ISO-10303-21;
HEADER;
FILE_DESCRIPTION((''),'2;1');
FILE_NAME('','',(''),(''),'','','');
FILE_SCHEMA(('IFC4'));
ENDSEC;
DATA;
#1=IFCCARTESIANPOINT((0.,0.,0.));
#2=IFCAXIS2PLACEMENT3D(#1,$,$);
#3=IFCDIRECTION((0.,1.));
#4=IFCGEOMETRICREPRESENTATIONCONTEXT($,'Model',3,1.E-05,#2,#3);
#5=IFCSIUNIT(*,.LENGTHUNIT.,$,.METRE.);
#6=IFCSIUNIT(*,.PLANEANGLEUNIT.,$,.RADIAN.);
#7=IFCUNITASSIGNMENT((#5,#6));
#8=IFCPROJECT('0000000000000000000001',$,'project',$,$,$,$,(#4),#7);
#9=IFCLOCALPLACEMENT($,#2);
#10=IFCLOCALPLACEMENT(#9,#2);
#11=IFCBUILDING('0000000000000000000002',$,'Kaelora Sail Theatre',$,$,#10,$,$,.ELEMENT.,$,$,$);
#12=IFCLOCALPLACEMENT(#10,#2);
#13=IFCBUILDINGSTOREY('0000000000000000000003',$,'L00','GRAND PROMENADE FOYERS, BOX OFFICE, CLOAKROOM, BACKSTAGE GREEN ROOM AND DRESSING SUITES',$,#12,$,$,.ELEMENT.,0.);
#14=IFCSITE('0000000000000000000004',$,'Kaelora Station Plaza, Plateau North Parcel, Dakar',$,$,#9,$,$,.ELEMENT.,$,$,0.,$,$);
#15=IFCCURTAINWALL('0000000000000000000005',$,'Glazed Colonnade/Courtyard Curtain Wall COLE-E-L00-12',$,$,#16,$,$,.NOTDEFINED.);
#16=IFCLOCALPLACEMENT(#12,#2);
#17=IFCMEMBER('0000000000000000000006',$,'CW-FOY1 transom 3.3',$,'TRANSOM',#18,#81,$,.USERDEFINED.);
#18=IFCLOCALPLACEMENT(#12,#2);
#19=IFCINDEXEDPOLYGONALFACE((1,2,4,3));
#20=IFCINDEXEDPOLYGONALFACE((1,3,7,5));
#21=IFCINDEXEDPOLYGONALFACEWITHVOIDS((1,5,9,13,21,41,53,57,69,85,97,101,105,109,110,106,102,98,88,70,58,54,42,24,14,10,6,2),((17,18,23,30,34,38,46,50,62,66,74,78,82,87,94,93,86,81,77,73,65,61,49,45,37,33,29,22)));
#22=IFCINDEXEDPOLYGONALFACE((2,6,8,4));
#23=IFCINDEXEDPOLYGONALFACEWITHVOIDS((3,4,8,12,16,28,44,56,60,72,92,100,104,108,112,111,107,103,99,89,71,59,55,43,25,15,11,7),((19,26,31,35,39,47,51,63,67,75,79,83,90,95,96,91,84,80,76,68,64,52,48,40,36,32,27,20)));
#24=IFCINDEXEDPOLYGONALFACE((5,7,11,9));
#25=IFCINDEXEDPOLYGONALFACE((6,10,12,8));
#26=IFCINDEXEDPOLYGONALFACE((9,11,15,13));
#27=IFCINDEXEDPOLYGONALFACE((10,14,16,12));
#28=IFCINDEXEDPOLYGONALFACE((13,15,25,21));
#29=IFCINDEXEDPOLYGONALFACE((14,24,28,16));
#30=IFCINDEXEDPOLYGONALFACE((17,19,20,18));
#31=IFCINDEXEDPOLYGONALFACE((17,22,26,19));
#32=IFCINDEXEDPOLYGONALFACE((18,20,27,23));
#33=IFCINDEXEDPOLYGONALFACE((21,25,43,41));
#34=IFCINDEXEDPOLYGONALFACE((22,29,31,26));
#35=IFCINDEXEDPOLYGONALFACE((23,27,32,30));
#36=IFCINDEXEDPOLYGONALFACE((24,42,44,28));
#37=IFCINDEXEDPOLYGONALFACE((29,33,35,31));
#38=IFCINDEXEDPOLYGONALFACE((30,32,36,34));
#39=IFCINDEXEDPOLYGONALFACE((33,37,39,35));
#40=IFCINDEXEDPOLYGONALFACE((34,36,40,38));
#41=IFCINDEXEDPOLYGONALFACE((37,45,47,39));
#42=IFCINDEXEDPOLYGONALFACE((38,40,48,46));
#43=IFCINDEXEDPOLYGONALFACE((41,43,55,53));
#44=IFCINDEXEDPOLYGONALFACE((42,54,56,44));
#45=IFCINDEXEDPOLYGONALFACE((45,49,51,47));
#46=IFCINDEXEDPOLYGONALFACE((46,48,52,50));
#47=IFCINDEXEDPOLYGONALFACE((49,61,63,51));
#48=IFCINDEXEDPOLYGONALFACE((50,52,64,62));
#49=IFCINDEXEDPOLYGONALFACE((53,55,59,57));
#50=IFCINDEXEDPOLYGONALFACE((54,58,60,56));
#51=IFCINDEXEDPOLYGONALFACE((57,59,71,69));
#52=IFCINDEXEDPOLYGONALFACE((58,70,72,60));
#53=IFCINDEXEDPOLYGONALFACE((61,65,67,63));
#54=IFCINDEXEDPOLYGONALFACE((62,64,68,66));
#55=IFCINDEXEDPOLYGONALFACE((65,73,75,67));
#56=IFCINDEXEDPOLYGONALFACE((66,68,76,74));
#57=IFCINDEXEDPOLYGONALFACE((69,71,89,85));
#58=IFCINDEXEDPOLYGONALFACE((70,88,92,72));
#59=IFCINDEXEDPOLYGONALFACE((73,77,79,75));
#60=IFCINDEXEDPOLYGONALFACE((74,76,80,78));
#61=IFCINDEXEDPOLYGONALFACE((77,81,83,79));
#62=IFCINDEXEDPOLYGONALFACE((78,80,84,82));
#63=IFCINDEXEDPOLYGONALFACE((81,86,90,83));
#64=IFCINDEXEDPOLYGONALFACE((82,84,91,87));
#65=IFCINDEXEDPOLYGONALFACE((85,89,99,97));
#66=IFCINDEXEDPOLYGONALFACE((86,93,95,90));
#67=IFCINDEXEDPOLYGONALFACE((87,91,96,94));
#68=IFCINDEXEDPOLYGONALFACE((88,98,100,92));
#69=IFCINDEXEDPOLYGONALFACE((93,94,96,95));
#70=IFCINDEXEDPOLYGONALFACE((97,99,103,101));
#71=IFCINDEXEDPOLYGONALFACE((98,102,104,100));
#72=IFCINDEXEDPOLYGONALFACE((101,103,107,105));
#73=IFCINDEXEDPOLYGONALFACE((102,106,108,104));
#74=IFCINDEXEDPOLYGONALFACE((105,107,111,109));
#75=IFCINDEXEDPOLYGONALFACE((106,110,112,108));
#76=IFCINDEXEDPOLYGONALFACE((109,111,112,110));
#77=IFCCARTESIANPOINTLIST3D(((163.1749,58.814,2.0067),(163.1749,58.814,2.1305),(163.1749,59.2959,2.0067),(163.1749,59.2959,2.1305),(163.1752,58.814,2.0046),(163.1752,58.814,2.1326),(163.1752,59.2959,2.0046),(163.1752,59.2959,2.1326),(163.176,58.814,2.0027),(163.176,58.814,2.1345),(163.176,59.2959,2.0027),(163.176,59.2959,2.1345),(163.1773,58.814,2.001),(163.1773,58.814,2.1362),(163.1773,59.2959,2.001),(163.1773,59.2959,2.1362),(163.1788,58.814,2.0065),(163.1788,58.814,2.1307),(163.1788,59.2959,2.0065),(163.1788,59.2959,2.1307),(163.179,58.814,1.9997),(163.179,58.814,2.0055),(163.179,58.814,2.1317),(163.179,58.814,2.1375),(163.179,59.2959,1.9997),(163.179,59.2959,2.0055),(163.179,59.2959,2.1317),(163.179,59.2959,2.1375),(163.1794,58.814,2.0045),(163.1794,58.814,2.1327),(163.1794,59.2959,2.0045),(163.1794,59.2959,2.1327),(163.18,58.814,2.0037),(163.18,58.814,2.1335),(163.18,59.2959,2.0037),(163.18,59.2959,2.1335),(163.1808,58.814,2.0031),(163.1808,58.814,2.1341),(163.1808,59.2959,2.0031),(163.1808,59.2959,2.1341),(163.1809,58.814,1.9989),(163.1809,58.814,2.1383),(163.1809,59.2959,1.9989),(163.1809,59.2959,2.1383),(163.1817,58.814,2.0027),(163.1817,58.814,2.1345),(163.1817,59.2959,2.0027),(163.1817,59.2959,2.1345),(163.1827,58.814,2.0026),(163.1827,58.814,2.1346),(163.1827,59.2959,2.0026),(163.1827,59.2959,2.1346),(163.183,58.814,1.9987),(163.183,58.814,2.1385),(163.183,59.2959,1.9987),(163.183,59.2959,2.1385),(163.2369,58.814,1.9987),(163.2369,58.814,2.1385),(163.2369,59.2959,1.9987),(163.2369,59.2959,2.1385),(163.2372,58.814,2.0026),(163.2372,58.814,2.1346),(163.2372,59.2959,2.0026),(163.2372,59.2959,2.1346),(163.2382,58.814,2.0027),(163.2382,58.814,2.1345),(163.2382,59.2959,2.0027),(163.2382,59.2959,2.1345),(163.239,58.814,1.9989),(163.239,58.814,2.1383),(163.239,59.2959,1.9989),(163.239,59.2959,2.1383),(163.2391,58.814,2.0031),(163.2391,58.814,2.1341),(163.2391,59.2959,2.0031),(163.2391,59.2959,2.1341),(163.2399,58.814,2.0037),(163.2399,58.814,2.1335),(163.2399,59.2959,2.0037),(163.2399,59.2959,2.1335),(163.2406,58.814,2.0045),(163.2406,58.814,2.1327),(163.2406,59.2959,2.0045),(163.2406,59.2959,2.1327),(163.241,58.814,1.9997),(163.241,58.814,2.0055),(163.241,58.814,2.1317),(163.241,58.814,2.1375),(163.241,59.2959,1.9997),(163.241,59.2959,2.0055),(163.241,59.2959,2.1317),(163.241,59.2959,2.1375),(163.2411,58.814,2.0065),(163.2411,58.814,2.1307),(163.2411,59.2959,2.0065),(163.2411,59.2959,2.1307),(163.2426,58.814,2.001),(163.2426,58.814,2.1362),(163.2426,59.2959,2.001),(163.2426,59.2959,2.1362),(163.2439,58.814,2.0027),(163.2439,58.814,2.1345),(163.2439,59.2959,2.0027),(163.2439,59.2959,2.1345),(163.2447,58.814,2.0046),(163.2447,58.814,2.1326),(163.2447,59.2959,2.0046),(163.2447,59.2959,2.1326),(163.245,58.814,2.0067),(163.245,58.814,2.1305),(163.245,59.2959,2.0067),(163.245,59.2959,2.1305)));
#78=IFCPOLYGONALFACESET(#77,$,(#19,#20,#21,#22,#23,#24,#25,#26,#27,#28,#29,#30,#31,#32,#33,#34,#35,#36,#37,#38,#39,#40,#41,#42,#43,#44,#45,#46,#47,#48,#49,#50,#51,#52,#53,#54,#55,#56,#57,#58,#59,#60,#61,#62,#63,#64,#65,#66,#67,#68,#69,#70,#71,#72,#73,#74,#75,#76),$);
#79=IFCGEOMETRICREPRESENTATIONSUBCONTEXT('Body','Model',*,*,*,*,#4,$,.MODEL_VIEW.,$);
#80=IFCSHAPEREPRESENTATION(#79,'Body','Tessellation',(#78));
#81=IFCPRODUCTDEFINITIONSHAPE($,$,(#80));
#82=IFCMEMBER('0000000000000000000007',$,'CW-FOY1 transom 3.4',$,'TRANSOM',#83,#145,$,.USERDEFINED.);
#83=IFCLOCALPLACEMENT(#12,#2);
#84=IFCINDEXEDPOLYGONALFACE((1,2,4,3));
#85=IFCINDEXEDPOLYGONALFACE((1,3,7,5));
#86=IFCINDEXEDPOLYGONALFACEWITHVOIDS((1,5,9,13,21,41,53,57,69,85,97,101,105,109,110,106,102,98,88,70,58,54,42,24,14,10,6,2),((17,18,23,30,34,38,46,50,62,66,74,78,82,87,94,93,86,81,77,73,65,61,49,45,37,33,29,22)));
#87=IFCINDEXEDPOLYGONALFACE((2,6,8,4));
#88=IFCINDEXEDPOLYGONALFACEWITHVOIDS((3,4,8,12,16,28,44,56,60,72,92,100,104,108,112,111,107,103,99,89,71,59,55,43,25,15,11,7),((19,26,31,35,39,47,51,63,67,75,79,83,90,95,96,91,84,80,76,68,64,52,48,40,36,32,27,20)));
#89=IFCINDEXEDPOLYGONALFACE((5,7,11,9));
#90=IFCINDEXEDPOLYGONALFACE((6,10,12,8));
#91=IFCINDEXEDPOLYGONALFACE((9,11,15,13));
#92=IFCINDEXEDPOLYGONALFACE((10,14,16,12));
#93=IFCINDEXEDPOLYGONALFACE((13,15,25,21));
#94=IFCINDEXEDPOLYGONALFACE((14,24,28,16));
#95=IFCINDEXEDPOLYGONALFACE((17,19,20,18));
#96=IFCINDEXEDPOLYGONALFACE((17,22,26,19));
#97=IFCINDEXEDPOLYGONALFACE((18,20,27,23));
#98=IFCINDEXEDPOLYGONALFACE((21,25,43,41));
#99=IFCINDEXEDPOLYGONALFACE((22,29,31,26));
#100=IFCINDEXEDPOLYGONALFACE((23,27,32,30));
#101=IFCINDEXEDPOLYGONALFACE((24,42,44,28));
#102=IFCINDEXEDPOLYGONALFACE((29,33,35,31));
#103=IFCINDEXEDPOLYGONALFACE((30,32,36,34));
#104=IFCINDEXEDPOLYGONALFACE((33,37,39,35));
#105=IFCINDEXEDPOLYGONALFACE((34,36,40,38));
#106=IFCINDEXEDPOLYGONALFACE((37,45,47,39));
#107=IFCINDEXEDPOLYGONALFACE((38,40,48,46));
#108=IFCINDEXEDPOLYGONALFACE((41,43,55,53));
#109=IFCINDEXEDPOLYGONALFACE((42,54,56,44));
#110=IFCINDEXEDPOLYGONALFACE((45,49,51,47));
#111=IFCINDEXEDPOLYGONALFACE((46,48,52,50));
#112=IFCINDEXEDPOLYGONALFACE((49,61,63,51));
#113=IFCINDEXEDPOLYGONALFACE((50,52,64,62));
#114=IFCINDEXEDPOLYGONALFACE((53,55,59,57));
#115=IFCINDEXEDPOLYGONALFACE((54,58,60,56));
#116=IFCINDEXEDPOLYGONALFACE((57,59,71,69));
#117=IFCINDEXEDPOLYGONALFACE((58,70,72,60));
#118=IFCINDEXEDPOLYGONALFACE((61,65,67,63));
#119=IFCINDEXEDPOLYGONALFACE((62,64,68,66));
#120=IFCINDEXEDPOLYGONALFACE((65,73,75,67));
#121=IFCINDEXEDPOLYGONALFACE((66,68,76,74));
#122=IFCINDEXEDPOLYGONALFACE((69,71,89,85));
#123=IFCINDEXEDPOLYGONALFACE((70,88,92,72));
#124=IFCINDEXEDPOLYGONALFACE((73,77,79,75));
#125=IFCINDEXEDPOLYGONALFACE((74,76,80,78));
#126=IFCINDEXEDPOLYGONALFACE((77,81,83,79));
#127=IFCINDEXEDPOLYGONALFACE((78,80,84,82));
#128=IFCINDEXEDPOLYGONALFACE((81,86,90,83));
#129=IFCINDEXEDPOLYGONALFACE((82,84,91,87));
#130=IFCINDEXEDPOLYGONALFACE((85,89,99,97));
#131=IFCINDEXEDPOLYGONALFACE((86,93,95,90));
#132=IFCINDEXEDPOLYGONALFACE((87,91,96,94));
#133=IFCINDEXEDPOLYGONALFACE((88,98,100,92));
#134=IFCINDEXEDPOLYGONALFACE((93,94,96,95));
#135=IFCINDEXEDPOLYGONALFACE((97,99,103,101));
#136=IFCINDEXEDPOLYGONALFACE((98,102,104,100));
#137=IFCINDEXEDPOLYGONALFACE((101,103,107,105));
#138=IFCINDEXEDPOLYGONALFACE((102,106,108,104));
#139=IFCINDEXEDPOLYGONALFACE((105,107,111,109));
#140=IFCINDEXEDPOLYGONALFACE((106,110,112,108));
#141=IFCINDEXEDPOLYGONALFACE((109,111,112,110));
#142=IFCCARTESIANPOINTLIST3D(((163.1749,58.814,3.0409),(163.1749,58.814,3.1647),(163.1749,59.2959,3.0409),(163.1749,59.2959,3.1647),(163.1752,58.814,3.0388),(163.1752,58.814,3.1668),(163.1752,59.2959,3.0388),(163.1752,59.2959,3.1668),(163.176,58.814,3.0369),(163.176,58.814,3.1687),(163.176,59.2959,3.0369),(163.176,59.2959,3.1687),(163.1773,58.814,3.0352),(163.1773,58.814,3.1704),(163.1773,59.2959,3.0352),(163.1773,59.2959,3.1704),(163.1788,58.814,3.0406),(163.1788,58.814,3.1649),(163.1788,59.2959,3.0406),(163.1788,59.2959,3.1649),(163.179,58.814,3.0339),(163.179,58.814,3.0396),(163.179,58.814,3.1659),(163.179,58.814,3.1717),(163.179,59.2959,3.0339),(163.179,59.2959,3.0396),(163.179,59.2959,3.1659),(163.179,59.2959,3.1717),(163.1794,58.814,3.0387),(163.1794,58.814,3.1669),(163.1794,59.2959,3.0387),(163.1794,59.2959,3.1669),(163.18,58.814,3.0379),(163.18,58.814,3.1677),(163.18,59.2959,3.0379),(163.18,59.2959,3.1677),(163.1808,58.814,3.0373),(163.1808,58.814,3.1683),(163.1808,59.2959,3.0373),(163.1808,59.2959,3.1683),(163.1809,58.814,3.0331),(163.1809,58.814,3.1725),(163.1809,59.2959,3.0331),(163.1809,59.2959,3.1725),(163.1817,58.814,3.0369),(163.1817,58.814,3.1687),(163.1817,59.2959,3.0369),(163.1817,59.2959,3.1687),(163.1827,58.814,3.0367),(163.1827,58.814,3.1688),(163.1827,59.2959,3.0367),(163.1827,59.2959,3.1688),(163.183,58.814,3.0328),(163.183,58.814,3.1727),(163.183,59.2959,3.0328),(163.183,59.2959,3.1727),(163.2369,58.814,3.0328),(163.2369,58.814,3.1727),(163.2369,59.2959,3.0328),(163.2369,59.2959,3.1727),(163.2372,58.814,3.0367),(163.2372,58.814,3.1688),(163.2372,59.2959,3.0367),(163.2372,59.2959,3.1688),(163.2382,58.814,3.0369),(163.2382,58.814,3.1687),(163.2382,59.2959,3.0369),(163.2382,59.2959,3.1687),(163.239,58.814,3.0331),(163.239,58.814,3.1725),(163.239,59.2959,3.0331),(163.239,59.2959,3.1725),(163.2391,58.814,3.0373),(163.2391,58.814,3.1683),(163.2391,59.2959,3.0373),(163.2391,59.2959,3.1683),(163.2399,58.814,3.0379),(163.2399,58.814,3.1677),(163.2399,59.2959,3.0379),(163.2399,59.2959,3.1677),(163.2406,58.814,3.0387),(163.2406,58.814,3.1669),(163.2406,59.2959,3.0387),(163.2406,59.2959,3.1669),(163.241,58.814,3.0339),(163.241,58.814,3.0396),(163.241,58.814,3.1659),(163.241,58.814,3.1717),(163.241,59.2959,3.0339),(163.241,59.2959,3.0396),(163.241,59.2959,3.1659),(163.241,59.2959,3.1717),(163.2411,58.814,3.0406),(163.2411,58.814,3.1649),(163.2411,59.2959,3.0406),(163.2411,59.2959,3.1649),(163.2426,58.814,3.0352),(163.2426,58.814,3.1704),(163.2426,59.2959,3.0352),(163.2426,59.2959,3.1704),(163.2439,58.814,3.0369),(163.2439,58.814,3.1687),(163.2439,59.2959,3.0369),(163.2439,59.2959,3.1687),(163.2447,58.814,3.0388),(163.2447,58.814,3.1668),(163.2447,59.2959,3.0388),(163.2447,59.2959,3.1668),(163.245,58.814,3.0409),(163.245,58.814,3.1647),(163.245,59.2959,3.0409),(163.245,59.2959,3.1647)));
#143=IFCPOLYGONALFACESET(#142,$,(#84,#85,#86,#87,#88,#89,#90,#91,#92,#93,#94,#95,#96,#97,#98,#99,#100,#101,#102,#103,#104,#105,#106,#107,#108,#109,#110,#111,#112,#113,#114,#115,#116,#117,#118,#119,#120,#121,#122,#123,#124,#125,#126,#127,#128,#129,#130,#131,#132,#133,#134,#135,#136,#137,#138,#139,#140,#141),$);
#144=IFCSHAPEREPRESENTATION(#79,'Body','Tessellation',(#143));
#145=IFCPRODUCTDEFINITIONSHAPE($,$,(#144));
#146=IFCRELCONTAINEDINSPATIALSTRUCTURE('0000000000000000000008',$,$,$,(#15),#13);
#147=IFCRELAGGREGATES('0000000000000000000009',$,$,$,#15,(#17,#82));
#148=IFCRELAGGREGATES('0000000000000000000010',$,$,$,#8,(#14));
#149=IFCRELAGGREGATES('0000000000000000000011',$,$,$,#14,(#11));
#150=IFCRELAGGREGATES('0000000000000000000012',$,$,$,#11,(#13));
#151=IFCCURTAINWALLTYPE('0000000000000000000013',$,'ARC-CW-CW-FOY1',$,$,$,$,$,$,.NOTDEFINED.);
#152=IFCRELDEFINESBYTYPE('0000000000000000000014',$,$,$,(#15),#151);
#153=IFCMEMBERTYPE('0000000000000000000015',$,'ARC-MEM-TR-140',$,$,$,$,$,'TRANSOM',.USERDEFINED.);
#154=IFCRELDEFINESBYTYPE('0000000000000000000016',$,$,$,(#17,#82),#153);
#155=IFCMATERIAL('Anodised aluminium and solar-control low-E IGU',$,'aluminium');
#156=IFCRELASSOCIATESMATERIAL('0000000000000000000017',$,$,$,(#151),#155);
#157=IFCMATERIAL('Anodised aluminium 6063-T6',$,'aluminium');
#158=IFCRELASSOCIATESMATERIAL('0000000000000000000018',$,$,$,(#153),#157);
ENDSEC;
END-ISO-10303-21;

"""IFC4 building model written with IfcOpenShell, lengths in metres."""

from ifc_helpers import new_model, si_unit, direction, frame, origin, origin_2d, place, context, subcontext, project, spatial, hollow_rectangle, extrude, material, material_profile, profile_set, type_object, element, aggregate, save


model = new_model("IFC4")

# Units and contexts
model_context = context("Model", 3, precision=1e-05, world=origin(), true_north=direction((0.0, 1.0)))
body_context = subcontext(model_context, "Body", "Model", "MODEL_VIEW")
ifc_project = project(units=[si_unit("LENGTHUNIT", "METRE"), si_unit("PLANEANGLEUNIT", "RADIAN")], contexts=[model_context])

# Site, building, storey
site_placement = place(None, origin())
site = spatial("IfcSite", under=ifc_project, at=site_placement, Name="Kaelora Station Plaza, Plateau North Parcel, Dakar", CompositionType="ELEMENT", RefElevation=0.0)
building_placement = place(site_placement, origin())
building = spatial("IfcBuilding", under=site, at=building_placement, Name="Kaelora Sail Theatre", CompositionType="ELEMENT")
storey_placement = place(building_placement, origin())
storey = spatial("IfcBuildingStorey", under=building, at=storey_placement, Name="L00", Description="GRAND PROMENADE FOYERS, BOX OFFICE, CLOAKROOM, BACKSTAGE GREEN ROOM AND DRESSING SUITES", CompositionType="ELEMENT", Elevation=0.0)

# Curtain wall, members
ifc_material_1 = material(Name="Anodised aluminium and solar-control low-E IGU", Category="aluminium")
curtain_wall_type = type_object("IfcCurtainWallType", Name="ARC-CW-CW-FOY1", PredefinedType="NOTDEFINED", material=ifc_material_1)
curtain_wall_placement = place(storey_placement, origin())
curtain_wall = element("IfcCurtainWall", 1, at=curtain_wall_placement, inside=storey, type_object=curtain_wall_type, Name="Glazed Colonnade/Courtyard Curtain Wall COLE-E-L00-12", PredefinedType="NOTDEFINED")
ifc_material_2 = material(Name="Anodised aluminium 6063-T6", Category="aluminium")
ifc_material_profile = material_profile(ifc_material_2, hollow_rectangle(XDim=0.0701, YDim=0.1399, WallThickness=0.0039, InnerFilletRadius=0.0039, OuterFilletRadius=0.0081, at=origin_2d()), Name="ALU-TRAN 70x140x4")
ifc_profile_set = profile_set([ifc_material_profile], Name="Anodised aluminium 6063-T6")
member_type = type_object("IfcMemberType", Name="ARC-MEM-TR-140", ElementType="TRANSOM", PredefinedType="USERDEFINED", material=ifc_profile_set)
member_1_placement = place(storey_placement, frame((163.21, 58.814, 2.0686), z_axis=(0.0, 1.0, 0.0), x_axis=(-1.0, 0.0, 0.0)))
member_1 = element("IfcMember", 2, at=member_1_placement, type_object=member_type, Name="CW-FOY1 transom 3.3", ObjectType="TRANSOM", PredefinedType="USERDEFINED", context=body_context, shape_type="SweptSolid", body=[
    extrude(hollow_rectangle(XDim=0.0701, YDim=0.1399, WallThickness=0.0039, InnerFilletRadius=0.0039, OuterFilletRadius=0.0081, at=origin_2d()), origin(), (0.0, 0.0, 1.0), 0.4819),
])
member_2_placement = place(storey_placement, frame((163.21, 58.814, 3.1028), z_axis=(0.0, 1.0, 0.0), x_axis=(-1.0, 0.0, 0.0)))
member_2 = element("IfcMember", 3, at=member_2_placement, type_object=member_type, Name="CW-FOY1 transom 3.4", ObjectType="TRANSOM", PredefinedType="USERDEFINED", context=body_context, shape_type="SweptSolid", body=[
    extrude(hollow_rectangle(XDim=0.0701, YDim=0.1399, WallThickness=0.0039, InnerFilletRadius=0.0039, OuterFilletRadius=0.0081, at=origin_2d()), origin(), (0.0, 0.0, 1.0), 0.4819),
])
aggregate(curtain_wall, [member_1, member_2])

save(model, "model.ifc")
